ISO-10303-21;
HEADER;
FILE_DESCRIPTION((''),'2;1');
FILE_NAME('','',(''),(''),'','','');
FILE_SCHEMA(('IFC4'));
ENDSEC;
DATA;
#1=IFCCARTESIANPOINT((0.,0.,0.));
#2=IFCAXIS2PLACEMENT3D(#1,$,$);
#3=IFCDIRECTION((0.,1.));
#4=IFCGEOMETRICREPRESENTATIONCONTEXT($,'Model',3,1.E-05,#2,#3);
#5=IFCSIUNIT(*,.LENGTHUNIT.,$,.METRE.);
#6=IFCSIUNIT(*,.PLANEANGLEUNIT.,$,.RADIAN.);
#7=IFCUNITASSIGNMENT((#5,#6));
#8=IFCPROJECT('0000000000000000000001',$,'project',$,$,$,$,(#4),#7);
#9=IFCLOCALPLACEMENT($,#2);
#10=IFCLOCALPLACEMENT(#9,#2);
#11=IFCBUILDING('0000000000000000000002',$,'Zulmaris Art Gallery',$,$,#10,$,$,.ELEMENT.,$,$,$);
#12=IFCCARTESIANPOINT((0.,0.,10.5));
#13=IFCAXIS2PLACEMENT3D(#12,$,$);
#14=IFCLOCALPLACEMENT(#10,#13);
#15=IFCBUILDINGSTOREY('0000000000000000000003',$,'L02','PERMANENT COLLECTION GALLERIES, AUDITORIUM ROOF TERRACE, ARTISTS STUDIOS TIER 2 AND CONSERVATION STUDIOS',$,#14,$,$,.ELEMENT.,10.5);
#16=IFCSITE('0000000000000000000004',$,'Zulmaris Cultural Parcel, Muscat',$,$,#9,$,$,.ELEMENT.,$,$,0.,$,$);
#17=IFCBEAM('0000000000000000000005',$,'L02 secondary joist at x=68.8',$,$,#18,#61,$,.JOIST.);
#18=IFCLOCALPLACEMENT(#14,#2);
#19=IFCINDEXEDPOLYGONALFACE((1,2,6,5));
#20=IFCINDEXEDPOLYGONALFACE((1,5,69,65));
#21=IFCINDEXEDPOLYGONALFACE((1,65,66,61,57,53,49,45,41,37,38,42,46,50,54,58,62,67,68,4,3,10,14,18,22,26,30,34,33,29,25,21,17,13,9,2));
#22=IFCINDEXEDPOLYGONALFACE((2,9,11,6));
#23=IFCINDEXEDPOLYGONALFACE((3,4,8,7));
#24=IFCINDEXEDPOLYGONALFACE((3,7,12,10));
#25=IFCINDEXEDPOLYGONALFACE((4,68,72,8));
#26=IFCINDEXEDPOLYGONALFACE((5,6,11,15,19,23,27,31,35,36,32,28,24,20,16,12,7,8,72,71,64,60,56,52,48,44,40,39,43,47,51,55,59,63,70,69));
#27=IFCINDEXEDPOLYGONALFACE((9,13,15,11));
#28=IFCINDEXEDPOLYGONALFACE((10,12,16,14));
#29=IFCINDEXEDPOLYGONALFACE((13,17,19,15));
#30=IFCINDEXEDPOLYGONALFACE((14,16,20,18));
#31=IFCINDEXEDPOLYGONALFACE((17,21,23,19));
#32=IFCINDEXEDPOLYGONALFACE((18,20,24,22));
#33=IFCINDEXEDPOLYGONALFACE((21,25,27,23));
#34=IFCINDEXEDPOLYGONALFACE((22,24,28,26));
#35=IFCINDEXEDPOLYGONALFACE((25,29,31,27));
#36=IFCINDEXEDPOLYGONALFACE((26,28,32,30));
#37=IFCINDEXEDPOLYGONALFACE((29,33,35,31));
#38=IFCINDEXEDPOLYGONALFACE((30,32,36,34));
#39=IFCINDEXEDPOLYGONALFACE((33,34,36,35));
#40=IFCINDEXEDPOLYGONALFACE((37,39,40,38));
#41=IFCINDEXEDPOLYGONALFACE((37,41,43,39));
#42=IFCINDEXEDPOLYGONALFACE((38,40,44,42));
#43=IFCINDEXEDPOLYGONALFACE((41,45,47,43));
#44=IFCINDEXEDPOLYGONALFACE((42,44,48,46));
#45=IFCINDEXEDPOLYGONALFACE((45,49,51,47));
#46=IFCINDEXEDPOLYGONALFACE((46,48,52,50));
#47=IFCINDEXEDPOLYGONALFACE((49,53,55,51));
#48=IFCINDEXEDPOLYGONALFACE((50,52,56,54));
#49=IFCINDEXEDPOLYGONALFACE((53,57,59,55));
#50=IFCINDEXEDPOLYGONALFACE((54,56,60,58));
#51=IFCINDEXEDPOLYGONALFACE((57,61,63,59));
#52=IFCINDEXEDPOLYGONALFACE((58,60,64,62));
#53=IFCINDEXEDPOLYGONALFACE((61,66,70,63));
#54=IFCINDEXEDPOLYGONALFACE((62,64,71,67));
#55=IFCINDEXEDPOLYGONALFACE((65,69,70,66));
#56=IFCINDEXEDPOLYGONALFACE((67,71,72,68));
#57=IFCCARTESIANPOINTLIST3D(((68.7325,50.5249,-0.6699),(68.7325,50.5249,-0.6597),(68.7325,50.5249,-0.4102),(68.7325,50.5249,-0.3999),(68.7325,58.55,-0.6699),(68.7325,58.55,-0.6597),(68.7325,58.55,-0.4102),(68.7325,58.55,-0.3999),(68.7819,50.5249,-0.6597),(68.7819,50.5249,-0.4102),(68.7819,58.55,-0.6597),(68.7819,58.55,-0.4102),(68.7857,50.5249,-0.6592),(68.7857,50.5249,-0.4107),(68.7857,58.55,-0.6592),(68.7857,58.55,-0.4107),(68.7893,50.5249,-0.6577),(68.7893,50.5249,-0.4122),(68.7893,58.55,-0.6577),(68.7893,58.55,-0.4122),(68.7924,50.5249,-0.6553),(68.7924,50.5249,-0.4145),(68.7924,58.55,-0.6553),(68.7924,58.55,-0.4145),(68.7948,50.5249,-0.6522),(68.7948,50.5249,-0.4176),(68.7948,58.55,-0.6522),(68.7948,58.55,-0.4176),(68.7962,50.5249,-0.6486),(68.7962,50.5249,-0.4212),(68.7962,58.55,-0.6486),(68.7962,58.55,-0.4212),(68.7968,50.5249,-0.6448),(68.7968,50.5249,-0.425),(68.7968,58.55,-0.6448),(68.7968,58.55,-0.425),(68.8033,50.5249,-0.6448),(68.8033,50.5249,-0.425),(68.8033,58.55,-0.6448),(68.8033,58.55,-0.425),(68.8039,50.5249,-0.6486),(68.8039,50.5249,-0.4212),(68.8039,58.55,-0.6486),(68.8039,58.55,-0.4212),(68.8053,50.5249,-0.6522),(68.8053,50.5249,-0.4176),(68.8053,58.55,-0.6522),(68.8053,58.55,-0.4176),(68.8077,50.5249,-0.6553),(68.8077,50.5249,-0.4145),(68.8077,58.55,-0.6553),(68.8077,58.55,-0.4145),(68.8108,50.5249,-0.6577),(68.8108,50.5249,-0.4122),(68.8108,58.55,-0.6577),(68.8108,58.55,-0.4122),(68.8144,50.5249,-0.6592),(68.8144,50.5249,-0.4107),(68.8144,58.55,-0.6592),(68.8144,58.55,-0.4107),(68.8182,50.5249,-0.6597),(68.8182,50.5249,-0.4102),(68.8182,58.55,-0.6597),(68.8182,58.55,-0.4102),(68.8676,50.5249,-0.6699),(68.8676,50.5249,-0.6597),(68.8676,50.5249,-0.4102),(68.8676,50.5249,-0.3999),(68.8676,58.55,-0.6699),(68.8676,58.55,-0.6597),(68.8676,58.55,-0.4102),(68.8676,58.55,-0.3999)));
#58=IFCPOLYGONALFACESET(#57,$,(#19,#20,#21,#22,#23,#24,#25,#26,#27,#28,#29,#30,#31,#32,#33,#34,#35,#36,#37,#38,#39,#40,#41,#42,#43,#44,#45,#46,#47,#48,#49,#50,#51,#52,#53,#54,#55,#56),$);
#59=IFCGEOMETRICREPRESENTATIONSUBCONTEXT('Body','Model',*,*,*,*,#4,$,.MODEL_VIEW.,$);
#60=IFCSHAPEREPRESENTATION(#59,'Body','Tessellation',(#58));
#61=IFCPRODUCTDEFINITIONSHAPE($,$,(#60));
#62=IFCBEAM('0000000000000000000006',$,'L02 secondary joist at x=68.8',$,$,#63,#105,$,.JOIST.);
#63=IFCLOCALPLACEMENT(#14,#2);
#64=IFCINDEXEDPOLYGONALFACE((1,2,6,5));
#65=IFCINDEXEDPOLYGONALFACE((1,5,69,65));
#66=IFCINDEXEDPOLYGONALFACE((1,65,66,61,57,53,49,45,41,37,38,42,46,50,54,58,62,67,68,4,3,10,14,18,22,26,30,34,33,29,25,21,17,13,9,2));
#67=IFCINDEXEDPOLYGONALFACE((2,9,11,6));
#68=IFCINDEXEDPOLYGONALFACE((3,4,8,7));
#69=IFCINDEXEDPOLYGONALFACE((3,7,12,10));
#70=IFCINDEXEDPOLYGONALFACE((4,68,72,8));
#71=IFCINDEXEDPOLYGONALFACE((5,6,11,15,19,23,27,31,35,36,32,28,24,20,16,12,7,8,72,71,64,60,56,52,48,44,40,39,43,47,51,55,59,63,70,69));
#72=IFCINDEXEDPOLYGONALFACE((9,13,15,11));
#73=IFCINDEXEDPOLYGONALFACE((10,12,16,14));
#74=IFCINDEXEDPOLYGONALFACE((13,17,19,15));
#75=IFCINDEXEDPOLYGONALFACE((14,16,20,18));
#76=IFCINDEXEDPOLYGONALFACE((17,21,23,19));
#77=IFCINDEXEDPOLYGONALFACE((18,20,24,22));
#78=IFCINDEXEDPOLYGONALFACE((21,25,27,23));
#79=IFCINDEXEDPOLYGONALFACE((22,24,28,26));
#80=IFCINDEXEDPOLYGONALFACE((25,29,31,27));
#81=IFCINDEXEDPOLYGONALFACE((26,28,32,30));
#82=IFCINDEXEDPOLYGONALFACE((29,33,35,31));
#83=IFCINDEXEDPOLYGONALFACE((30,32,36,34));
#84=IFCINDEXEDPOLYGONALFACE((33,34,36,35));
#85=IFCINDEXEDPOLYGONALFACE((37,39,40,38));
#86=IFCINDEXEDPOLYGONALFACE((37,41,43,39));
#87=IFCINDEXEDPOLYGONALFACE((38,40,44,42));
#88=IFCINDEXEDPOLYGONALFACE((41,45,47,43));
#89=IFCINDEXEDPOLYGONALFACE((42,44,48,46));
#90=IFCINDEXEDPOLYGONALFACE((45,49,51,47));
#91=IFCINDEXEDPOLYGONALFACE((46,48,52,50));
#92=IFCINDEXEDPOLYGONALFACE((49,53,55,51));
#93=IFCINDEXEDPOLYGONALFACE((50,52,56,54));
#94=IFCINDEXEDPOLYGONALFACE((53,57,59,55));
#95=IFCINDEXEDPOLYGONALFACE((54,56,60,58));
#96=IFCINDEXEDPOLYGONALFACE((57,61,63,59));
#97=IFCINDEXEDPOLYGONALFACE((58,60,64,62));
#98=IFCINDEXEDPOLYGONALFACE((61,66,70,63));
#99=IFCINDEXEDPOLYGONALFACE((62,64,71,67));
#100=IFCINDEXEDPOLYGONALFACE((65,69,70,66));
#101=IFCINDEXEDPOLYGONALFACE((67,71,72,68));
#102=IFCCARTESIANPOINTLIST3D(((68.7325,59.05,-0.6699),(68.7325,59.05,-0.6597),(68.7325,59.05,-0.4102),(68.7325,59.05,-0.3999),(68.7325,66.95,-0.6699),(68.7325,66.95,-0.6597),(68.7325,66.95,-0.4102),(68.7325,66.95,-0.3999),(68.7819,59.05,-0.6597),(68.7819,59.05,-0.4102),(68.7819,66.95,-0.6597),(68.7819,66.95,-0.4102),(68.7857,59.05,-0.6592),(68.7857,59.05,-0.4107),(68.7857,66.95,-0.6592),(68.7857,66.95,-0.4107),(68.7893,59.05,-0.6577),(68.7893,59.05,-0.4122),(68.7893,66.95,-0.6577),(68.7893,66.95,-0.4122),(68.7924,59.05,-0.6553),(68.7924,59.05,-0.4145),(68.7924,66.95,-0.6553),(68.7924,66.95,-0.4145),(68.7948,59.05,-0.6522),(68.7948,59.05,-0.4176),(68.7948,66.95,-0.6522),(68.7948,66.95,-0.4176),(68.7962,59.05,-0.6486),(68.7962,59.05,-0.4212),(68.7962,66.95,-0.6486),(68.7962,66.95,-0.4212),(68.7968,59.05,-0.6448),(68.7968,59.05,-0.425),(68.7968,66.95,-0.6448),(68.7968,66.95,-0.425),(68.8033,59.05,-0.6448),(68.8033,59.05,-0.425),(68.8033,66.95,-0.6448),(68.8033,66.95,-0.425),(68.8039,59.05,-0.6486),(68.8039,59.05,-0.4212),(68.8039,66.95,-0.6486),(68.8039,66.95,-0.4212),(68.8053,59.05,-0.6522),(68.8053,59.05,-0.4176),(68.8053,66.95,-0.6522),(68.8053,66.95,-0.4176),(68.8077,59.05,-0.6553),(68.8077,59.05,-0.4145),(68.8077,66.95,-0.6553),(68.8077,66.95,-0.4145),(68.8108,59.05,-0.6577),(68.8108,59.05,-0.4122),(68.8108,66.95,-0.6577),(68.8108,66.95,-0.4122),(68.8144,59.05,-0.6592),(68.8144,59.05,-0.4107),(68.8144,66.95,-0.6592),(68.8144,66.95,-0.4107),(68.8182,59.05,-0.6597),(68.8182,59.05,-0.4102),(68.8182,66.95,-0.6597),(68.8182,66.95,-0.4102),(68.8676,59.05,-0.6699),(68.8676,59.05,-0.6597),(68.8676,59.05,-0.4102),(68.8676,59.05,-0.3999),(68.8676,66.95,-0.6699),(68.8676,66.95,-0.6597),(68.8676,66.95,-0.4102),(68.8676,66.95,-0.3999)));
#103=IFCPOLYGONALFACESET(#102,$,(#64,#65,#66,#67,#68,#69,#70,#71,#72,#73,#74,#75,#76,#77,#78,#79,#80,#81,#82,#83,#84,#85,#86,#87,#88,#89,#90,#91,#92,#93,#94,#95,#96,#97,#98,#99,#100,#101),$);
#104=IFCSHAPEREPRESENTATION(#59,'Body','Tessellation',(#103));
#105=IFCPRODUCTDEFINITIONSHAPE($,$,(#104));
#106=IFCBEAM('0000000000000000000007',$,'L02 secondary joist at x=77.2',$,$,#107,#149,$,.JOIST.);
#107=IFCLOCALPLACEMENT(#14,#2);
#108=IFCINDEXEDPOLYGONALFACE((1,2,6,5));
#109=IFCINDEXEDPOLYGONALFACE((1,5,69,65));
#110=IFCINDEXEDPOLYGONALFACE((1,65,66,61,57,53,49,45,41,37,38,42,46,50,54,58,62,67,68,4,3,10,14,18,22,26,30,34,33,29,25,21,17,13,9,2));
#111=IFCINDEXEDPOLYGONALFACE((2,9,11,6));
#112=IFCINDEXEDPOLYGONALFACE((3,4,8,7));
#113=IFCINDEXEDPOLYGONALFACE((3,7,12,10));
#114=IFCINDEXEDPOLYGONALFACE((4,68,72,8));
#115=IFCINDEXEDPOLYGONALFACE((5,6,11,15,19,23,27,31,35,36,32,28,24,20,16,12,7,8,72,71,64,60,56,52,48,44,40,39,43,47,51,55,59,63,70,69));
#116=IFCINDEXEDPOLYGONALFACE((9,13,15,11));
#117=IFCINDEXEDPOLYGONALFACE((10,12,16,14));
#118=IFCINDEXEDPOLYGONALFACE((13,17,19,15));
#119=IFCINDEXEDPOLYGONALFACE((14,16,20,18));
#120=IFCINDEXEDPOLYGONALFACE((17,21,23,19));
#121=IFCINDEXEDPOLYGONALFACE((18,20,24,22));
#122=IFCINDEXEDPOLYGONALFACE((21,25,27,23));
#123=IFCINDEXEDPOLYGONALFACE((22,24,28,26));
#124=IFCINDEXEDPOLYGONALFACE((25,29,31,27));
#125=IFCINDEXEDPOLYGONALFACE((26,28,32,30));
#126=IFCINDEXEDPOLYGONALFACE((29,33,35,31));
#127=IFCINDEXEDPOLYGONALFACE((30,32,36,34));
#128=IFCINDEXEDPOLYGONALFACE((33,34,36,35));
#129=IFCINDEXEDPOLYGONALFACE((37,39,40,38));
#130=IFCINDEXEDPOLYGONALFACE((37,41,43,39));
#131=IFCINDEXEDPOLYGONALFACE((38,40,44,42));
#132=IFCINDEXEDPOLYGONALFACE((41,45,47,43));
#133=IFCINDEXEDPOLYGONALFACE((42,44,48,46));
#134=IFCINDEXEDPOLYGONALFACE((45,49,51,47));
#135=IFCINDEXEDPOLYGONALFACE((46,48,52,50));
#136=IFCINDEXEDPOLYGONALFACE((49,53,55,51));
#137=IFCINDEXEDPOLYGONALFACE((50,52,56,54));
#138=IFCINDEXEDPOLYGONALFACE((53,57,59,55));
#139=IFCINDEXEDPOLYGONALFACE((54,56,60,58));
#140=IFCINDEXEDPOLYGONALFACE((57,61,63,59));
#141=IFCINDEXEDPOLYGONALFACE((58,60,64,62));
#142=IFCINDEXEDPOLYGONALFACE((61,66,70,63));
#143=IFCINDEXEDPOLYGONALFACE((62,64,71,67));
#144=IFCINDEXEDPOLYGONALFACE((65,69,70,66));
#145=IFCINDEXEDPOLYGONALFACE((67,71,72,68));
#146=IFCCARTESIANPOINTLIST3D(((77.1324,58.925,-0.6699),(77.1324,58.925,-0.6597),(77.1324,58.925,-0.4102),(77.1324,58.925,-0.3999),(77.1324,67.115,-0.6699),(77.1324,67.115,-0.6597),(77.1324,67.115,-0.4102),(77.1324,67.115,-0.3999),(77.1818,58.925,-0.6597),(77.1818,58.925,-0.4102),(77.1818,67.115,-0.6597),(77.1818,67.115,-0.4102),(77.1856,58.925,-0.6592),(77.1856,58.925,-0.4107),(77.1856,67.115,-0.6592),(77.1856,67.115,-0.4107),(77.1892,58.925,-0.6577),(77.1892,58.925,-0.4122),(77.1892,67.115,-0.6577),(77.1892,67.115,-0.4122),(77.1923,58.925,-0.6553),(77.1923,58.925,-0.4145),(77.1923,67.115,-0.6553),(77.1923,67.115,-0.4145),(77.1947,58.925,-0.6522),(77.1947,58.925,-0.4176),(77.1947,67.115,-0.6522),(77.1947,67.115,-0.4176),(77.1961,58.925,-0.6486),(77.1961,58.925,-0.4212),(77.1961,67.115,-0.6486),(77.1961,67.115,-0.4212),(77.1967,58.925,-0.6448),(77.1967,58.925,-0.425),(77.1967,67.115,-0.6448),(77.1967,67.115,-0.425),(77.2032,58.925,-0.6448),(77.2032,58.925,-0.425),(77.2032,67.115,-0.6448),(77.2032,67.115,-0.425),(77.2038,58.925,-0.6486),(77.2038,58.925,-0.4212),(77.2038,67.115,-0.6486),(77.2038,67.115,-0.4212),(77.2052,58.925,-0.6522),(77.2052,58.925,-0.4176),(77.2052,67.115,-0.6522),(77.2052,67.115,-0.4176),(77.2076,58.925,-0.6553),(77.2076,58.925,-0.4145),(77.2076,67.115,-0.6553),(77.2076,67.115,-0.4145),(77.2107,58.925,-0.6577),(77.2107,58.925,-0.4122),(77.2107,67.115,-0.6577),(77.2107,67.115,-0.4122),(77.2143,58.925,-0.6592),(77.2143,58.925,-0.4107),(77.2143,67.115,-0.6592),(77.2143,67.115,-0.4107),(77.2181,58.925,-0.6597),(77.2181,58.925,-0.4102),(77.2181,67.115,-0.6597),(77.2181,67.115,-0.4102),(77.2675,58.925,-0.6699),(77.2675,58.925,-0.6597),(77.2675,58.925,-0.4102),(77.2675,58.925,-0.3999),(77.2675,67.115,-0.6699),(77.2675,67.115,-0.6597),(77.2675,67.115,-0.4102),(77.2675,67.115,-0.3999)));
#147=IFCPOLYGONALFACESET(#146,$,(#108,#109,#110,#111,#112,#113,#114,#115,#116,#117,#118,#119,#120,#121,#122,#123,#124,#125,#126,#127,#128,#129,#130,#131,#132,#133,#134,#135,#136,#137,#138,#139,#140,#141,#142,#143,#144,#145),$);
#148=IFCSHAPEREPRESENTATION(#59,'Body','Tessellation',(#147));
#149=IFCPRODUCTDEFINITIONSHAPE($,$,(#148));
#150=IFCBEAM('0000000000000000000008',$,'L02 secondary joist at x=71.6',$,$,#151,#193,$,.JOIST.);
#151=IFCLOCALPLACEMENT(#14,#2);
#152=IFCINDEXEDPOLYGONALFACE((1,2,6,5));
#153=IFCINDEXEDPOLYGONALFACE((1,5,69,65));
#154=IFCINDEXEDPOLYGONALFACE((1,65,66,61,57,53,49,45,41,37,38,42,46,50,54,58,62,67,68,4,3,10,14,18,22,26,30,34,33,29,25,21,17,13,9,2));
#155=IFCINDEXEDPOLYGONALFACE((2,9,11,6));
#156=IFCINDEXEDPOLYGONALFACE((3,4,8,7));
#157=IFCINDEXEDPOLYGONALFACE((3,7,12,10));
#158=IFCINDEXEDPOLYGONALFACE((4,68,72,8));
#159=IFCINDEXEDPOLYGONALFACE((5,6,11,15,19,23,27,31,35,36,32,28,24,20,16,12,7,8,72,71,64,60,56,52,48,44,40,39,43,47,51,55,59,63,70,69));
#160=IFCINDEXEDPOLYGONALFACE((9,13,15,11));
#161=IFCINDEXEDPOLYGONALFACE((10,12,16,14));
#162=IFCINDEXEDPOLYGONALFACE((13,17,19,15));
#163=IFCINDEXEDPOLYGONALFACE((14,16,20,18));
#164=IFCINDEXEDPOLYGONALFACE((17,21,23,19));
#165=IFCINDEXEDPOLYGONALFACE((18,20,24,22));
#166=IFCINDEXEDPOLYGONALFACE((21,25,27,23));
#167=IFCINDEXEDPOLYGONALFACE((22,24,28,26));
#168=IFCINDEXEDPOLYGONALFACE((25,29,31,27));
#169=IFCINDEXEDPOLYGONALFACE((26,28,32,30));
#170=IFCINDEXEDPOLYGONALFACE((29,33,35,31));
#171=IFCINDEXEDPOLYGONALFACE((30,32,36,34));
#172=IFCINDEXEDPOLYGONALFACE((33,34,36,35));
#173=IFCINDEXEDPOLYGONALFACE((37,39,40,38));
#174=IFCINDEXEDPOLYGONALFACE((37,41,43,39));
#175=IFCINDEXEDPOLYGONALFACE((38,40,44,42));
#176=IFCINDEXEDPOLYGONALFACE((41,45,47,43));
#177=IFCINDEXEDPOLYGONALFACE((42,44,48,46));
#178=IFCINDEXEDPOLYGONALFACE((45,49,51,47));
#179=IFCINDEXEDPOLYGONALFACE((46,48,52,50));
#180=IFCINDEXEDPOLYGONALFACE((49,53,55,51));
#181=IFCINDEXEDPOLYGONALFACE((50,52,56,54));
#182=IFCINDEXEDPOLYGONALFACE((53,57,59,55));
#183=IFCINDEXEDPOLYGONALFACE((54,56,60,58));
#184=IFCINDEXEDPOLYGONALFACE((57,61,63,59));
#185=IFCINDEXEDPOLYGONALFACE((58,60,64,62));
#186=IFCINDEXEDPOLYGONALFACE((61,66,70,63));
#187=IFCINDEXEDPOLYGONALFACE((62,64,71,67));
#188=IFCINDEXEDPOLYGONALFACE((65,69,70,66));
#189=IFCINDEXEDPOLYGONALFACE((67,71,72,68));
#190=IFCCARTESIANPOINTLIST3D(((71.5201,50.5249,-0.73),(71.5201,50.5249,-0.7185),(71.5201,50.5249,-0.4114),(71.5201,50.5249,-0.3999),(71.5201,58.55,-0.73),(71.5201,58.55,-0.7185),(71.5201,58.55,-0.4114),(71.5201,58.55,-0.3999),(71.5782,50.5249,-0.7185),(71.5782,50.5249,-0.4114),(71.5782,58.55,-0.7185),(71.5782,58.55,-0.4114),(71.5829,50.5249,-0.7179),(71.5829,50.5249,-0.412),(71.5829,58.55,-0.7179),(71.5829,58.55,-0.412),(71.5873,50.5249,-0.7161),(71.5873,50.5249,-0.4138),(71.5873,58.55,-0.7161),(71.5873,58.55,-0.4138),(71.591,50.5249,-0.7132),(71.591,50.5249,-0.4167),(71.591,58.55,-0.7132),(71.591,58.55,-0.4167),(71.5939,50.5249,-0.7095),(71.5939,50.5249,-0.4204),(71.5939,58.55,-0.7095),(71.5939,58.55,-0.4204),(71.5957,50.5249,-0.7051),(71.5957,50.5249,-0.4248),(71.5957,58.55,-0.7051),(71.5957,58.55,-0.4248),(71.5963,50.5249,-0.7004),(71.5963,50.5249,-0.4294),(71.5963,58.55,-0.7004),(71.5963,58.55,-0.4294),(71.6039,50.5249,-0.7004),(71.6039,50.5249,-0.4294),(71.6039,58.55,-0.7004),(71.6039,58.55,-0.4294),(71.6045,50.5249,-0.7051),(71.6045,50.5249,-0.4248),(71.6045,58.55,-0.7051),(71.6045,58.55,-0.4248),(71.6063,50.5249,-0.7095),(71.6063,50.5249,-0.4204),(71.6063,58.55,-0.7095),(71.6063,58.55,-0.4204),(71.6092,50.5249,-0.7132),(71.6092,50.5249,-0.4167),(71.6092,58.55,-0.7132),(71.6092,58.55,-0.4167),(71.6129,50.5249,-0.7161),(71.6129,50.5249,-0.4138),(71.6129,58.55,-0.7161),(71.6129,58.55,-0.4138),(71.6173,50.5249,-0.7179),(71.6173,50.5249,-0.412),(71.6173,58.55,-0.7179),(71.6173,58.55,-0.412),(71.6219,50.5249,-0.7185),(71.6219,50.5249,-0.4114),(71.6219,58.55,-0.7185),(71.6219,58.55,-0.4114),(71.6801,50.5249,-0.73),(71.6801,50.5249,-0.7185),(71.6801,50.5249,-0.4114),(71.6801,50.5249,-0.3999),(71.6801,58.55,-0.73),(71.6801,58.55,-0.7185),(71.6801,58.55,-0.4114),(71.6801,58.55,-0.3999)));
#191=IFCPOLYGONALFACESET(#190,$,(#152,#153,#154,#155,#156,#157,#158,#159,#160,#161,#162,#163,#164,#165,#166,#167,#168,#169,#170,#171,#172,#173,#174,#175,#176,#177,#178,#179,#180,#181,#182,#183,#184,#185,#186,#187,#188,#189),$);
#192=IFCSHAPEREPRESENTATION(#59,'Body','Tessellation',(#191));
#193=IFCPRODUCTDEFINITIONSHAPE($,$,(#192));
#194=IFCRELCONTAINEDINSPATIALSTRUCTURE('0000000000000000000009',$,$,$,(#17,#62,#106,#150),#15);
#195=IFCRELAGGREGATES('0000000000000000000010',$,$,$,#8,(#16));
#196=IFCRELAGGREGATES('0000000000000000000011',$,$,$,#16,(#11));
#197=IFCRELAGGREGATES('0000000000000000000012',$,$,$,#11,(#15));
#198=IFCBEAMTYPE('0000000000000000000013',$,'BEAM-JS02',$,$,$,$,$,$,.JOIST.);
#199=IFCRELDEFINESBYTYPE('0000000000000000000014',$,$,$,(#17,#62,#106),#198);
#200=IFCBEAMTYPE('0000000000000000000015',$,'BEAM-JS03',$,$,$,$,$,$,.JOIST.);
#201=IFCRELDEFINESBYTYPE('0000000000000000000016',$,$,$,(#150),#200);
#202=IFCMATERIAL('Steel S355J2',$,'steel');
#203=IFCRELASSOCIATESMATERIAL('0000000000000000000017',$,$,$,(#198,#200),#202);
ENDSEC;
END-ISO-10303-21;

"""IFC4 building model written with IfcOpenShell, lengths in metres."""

from ifc_helpers import new_model, si_unit, direction, frame, origin, origin_2d, place, context, subcontext, project, spatial, i_section, extrude, material, material_profile, profile_set, type_object, element, save


model = new_model("IFC4")

# Units and contexts
model_context = context("Model", 3, precision=1e-05, world=origin(), true_north=direction((0.0, 1.0)))
body_context = subcontext(model_context, "Body", "Model", "MODEL_VIEW")
ifc_project = project(units=[si_unit("LENGTHUNIT", "METRE"), si_unit("PLANEANGLEUNIT", "RADIAN")], contexts=[model_context])

# Site, building, storey
site_placement = place(None, origin())
site = spatial("IfcSite", under=ifc_project, at=site_placement, Name="Zulmaris Cultural Parcel, Muscat", CompositionType="ELEMENT", RefElevation=0.0)
building_placement = place(site_placement, origin())
building = spatial("IfcBuilding", under=site, at=building_placement, Name="Zulmaris Art Gallery", CompositionType="ELEMENT")
storey_placement = place(building_placement, frame((0.0, 0.0, 10.5)))
storey = spatial("IfcBuildingStorey", under=building, at=storey_placement, Name="L02", Description="PERMANENT COLLECTION GALLERIES, AUDITORIUM ROOF TERRACE, ARTISTS STUDIOS TIER 2 AND CONSERVATION STUDIOS", CompositionType="ELEMENT", Elevation=10.5)

# Beams
ifc_material_1 = material(Name="Steel S355J2", Category="steel")
ifc_material_profile_1 = material_profile(ifc_material_1, i_section(OverallWidth=0.135, OverallDepth=0.27, WebThickness=0.0066, FlangeThickness=0.0103, FilletRadius=0.0149, at=origin_2d()), Name="IPE 270")
ifc_profile_set_1 = profile_set([ifc_material_profile_1], Name="Steel S355J2")
beam_type_1 = type_object("IfcBeamType", Name="BEAM-JS02", PredefinedType="JOIST", material=ifc_profile_set_1)
beam_1_placement = place(storey_placement, frame((68.8, 50.5249, -0.5349), z_axis=(0.0, 1.0, 0.0), x_axis=(-1.0, 0.0, 0.0)))
element("IfcBeam", 1, at=beam_1_placement, inside=storey, type_object=beam_type_1, Name="L02 secondary joist at x=68.8", PredefinedType="JOIST", context=body_context, shape_type="SweptSolid", body=[
    extrude(i_section(OverallWidth=0.135, OverallDepth=0.27, WebThickness=0.0066, FlangeThickness=0.0103, FilletRadius=0.0149, at=origin_2d()), origin(), (0.0, 0.0, 1.0), 8.0251),
])
beam_2_placement = place(storey_placement, frame((68.8, 59.05, -0.5349), z_axis=(0.0, 1.0, 0.0), x_axis=(-1.0, 0.0, 0.0)))
element("IfcBeam", 2, at=beam_2_placement, inside=storey, type_object=beam_type_1, Name="L02 secondary joist at x=68.8", PredefinedType="JOIST", context=body_context, shape_type="SweptSolid", body=[
    extrude(i_section(OverallWidth=0.135, OverallDepth=0.27, WebThickness=0.0066, FlangeThickness=0.0103, FilletRadius=0.0149, at=origin_2d()), origin(), (0.0, 0.0, 1.0), 7.8999),
])
beam_3_placement = place(storey_placement, frame((77.2, 58.925, -0.5349), z_axis=(0.0, 1.0, 0.0), x_axis=(-1.0, 0.0, 0.0)))
element("IfcBeam", 3, at=beam_3_placement, inside=storey, type_object=beam_type_1, Name="L02 secondary joist at x=77.2", PredefinedType="JOIST", context=body_context, shape_type="SweptSolid", body=[
    extrude(i_section(OverallWidth=0.135, OverallDepth=0.27, WebThickness=0.0066, FlangeThickness=0.0103, FilletRadius=0.0149, at=origin_2d()), origin(), (0.0, 0.0, 1.0), 8.1899),
])
ifc_material_profile_2 = material_profile(ifc_material_1, i_section(OverallWidth=0.1599, OverallDepth=0.3301, WebThickness=0.0076, FlangeThickness=0.0115, FilletRadius=0.0181, at=origin_2d()), Name="IPE 330")
ifc_profile_set_2 = profile_set([ifc_material_profile_2], Name="Steel S355J2")
beam_type_2 = type_object("IfcBeamType", Name="BEAM-JS03", PredefinedType="JOIST", material=ifc_profile_set_2)
beam_4_placement = place(storey_placement, frame((71.6001, 50.5249, -0.5649), z_axis=(0.0, 1.0, 0.0), x_axis=(-1.0, 0.0, 0.0)))
element("IfcBeam", 4, at=beam_4_placement, inside=storey, type_object=beam_type_2, Name="L02 secondary joist at x=71.6", PredefinedType="JOIST", context=body_context, shape_type="SweptSolid", body=[
    extrude(i_section(OverallWidth=0.1599, OverallDepth=0.3301, WebThickness=0.0076, FlangeThickness=0.0115, FilletRadius=0.0181, at=origin_2d()), origin(), (0.0, 0.0, 1.0), 8.0251),
])

save(model, "model.ifc")
